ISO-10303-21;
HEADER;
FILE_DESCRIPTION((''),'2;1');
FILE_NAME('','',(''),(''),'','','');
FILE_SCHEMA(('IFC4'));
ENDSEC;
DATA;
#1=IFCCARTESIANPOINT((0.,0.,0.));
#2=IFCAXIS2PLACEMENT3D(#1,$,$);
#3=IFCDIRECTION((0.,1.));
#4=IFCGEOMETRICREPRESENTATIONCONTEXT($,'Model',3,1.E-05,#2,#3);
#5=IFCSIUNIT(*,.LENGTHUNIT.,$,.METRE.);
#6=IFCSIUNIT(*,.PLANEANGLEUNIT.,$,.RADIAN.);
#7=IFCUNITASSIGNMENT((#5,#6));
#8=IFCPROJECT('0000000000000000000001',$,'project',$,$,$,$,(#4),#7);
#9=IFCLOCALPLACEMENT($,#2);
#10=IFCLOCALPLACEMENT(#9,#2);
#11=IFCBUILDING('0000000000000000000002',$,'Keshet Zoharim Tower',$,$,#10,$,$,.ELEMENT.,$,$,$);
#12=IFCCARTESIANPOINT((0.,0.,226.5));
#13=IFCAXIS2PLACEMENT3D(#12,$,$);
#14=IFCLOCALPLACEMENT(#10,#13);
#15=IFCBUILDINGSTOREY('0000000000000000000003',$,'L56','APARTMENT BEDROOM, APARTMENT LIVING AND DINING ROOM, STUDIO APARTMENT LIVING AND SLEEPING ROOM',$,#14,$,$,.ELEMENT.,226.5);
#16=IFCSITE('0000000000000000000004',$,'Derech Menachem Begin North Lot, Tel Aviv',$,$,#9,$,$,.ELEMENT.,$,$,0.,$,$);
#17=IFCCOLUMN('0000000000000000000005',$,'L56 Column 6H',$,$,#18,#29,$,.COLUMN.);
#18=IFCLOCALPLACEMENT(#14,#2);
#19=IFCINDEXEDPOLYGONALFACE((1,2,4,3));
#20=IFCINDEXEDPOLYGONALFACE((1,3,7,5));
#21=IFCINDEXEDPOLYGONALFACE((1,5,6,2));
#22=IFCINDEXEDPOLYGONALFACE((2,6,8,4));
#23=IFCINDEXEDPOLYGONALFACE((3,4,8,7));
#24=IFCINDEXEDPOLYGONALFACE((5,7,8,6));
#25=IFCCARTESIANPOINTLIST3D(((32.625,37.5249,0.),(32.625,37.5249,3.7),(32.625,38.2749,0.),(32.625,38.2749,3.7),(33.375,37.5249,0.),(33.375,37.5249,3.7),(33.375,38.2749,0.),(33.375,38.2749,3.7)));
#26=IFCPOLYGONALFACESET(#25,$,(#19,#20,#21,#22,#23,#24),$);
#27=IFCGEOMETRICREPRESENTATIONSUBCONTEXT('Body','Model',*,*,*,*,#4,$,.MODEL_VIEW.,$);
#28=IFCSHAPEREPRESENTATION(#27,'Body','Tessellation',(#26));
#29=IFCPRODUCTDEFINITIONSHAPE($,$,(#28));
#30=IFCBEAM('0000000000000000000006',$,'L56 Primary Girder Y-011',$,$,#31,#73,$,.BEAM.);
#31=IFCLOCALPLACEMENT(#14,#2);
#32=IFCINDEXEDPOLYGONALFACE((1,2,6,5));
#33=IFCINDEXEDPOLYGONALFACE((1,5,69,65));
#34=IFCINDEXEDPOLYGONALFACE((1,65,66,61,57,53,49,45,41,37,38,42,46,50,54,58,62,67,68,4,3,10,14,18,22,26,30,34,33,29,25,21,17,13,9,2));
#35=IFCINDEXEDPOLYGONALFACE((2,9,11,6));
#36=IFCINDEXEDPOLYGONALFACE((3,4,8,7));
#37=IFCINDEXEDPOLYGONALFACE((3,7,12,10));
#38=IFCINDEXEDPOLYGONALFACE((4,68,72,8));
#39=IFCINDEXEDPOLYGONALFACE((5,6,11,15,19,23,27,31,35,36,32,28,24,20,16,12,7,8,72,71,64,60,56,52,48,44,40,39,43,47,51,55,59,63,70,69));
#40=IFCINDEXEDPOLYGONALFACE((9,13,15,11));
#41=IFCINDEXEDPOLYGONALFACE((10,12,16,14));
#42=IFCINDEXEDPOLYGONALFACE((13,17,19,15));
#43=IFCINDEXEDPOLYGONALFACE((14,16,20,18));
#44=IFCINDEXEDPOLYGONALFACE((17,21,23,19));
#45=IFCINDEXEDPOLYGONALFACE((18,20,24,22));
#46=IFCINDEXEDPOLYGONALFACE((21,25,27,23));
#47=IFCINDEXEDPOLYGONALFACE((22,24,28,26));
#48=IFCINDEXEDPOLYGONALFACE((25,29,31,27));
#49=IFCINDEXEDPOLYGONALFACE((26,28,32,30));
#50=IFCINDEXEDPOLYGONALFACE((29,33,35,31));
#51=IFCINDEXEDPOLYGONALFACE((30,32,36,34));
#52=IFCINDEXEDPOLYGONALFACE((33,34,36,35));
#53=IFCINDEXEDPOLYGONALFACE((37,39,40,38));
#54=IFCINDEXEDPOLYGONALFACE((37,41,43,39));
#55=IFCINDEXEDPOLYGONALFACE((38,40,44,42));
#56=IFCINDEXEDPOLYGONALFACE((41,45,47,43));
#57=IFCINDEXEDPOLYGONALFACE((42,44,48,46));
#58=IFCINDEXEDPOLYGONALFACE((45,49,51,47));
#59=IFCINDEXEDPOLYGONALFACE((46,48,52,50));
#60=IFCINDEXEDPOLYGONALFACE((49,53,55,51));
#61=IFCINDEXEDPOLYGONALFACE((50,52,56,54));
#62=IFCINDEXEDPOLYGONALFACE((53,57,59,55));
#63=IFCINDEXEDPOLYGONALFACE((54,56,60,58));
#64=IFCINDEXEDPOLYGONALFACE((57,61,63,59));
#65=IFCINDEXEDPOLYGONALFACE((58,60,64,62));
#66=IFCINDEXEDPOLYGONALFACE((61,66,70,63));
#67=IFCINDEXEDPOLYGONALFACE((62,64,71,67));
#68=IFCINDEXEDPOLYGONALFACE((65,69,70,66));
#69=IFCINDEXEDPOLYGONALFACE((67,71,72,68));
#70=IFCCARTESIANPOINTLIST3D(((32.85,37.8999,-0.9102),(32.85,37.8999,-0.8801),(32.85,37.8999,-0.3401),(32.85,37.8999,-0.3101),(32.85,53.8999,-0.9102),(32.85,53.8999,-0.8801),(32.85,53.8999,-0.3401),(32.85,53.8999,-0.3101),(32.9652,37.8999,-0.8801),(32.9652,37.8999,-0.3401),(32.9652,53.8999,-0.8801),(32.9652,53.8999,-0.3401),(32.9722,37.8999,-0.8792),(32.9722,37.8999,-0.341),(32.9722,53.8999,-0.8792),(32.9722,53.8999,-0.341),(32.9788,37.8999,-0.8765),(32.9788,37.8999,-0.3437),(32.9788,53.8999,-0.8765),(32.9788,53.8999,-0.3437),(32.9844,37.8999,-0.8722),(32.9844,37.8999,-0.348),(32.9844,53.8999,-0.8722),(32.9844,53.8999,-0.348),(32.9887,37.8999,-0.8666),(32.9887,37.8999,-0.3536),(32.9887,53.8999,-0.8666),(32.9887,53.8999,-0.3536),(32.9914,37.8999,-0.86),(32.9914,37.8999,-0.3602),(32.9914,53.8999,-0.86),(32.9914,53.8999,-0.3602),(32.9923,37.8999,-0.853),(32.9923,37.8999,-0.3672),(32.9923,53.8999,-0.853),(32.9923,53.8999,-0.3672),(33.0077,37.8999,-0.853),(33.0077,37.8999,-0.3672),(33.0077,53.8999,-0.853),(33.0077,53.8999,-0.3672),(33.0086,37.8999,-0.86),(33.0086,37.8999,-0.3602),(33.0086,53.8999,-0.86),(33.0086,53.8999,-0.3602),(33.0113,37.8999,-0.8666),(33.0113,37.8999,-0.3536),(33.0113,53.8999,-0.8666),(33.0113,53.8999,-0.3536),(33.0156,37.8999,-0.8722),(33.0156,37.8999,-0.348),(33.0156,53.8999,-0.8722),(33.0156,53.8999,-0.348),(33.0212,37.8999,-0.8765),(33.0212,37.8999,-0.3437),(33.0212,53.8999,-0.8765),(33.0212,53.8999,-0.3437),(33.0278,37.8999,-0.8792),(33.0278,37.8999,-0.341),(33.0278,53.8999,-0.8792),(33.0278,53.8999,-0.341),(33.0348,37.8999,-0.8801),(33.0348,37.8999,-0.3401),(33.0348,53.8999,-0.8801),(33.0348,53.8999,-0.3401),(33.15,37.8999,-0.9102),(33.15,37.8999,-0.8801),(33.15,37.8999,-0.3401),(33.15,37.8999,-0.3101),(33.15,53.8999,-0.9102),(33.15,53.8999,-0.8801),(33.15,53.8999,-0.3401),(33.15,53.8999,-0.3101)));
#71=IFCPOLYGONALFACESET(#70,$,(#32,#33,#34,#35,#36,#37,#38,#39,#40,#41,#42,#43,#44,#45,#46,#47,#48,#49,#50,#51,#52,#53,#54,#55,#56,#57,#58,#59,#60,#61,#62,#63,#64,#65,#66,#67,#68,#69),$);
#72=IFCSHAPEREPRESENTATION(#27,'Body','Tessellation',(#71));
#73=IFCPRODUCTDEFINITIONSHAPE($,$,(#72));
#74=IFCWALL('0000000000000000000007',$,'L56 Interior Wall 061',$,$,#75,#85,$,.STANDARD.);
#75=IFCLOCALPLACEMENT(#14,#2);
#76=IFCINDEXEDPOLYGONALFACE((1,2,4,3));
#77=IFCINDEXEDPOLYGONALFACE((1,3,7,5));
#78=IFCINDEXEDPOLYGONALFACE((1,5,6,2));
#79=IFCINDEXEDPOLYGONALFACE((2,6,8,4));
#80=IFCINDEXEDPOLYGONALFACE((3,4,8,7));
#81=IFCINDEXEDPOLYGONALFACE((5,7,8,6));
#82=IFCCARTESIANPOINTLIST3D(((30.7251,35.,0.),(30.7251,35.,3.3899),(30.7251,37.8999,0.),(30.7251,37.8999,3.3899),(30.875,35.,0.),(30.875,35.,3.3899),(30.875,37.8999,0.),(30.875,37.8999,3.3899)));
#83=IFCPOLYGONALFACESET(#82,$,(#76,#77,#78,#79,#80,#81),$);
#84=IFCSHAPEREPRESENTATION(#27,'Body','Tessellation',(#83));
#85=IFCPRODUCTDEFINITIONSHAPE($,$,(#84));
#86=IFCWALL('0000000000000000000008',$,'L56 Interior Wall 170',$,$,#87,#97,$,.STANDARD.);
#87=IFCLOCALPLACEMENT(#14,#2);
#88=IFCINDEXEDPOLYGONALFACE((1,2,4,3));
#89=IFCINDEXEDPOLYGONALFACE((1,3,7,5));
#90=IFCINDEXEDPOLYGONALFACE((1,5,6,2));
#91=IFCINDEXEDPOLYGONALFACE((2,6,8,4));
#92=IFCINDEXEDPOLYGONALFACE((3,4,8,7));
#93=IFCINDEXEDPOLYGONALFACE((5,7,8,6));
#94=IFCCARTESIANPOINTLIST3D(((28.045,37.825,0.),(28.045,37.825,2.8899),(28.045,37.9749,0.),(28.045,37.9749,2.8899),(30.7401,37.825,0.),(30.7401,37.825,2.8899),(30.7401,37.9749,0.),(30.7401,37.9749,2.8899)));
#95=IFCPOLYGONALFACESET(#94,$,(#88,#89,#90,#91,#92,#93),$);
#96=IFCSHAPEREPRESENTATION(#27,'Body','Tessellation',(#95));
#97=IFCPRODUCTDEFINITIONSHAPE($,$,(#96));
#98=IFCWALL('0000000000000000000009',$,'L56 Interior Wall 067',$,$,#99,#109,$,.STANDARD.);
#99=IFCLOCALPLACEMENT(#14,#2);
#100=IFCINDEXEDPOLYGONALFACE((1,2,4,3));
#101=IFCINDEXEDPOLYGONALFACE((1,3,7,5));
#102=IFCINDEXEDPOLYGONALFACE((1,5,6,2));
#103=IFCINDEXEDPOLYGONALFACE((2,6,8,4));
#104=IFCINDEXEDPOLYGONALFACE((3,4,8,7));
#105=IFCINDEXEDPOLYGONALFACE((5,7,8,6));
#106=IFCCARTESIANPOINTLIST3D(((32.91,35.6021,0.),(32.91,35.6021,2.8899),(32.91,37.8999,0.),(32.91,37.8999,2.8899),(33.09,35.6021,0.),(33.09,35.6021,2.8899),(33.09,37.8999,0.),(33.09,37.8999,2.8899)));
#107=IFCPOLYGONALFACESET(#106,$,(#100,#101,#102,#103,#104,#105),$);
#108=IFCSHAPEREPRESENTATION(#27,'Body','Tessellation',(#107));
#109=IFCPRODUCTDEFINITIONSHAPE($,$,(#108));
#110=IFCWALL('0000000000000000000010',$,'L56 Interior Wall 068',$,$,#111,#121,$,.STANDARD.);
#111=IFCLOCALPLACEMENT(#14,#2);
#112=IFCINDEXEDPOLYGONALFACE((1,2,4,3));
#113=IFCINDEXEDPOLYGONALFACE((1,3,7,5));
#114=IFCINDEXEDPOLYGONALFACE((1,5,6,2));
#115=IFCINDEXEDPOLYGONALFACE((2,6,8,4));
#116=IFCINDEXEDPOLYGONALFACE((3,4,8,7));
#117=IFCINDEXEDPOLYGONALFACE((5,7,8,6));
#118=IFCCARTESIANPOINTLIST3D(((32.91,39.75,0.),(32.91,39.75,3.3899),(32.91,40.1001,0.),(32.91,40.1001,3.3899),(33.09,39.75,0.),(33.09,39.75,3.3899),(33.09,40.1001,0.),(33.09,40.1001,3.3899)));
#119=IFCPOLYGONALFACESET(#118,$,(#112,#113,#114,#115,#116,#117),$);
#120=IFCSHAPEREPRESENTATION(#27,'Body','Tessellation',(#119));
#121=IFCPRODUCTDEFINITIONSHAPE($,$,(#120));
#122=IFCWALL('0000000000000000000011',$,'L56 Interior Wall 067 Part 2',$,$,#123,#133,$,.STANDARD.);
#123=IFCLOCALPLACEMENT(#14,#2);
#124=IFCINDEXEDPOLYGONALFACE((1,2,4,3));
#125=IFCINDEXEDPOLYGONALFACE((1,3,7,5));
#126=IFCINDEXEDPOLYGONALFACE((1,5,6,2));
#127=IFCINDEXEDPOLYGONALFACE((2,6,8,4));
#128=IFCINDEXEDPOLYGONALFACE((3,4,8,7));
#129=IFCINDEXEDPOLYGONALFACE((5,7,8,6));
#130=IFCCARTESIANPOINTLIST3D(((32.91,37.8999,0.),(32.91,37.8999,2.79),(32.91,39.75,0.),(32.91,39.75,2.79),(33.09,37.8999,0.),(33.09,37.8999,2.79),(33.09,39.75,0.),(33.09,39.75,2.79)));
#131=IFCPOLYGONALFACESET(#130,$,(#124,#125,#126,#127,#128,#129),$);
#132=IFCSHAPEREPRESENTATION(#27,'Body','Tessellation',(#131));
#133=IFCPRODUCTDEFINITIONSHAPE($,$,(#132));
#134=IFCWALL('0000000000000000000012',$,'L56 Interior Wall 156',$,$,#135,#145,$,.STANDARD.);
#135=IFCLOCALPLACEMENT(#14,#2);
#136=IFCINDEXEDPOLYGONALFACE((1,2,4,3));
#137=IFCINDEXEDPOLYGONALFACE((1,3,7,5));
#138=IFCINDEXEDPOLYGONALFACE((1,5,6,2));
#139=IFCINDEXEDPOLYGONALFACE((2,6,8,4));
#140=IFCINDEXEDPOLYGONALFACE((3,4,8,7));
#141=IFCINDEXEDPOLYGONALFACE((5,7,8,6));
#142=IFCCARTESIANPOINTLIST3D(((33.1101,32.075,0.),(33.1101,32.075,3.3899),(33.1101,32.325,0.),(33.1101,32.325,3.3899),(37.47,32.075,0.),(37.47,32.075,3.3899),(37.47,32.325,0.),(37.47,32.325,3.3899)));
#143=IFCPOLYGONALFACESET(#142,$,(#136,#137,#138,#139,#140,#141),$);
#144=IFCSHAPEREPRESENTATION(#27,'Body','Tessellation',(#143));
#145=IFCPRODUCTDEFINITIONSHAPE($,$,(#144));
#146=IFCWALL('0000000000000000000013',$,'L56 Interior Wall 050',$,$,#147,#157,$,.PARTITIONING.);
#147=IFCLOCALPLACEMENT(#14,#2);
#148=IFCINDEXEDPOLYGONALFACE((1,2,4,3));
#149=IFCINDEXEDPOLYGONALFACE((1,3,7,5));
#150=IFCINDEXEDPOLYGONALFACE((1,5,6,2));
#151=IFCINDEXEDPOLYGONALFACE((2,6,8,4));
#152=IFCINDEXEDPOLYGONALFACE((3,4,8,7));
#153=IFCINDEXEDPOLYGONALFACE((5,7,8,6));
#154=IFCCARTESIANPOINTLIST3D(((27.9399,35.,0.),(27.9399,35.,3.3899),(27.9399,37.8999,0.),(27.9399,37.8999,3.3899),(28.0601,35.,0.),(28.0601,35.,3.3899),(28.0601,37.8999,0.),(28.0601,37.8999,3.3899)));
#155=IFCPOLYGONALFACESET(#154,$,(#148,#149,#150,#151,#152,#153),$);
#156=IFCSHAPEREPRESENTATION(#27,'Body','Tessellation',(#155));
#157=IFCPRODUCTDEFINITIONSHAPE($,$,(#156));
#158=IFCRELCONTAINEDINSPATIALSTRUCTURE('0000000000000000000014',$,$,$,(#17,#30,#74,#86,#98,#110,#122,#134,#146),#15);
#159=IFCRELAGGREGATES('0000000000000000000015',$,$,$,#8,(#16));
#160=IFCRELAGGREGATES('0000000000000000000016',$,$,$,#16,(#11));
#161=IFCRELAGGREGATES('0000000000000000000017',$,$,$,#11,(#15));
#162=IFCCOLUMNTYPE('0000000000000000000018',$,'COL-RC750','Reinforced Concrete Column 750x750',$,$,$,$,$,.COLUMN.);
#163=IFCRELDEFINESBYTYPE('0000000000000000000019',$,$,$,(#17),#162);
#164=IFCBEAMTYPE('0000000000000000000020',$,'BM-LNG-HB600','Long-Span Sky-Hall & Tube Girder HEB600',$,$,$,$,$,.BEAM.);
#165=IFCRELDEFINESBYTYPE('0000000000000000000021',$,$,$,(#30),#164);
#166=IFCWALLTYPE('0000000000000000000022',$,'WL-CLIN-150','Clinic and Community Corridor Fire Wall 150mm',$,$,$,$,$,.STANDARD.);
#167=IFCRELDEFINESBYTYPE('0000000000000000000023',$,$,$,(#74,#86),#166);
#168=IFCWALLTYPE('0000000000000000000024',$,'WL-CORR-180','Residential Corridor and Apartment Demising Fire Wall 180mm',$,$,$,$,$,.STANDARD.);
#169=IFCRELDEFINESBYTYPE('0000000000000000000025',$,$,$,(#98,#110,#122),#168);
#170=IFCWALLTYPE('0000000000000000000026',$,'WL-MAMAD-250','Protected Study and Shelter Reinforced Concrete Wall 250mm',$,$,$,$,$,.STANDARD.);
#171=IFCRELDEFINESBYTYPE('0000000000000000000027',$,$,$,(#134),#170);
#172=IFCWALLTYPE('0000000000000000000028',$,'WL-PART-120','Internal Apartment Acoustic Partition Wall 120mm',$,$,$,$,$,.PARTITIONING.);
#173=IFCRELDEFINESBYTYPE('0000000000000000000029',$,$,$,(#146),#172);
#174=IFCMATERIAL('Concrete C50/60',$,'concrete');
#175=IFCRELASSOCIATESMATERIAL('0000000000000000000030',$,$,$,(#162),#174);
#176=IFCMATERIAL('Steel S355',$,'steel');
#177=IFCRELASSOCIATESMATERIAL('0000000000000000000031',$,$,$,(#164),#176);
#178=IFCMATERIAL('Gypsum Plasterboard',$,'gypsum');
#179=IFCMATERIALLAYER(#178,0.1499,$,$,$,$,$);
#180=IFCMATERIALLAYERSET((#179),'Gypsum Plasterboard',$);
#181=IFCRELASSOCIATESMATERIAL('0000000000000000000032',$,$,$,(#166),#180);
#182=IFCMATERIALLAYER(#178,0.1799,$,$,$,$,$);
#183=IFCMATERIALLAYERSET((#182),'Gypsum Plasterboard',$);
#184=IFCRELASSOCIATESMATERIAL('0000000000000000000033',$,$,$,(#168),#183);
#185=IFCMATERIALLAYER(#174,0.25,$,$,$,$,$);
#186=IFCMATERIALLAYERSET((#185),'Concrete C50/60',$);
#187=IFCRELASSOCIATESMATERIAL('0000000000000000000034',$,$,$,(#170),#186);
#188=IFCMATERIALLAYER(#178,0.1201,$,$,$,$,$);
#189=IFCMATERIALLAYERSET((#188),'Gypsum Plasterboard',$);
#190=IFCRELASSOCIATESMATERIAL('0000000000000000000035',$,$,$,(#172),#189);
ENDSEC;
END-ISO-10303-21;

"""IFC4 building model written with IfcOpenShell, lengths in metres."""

from ifc_helpers import new_model, si_unit, direction, frame, frame_2d, origin, origin_2d, place, context, subcontext, project, spatial, rectangle, i_section, extrude, material, layer, layer_set, material_profile, profile_set, type_object, element, save


model = new_model("IFC4")

# Units and contexts
model_context = context("Model", 3, precision=1e-05, world=origin(), true_north=direction((0.0, 1.0)))
body_context = subcontext(model_context, "Body", "Model", "MODEL_VIEW")
ifc_project = project(units=[si_unit("LENGTHUNIT", "METRE"), si_unit("PLANEANGLEUNIT", "RADIAN")], contexts=[model_context])

# Site, building, storey
site_placement = place(None, origin())
site = spatial("IfcSite", under=ifc_project, at=site_placement, Name="Derech Menachem Begin North Lot, Tel Aviv", CompositionType="ELEMENT", RefElevation=0.0)
building_placement = place(site_placement, origin())
building = spatial("IfcBuilding", under=site, at=building_placement, Name="Keshet Zoharim Tower", CompositionType="ELEMENT")
storey_placement = place(building_placement, frame((0.0, 0.0, 226.5)))
storey = spatial("IfcBuildingStorey", under=building, at=storey_placement, Name="L56", Description="APARTMENT BEDROOM, APARTMENT LIVING AND DINING ROOM, STUDIO APARTMENT LIVING AND SLEEPING ROOM", CompositionType="ELEMENT", Elevation=226.5)

# Column
ifc_material_1 = material(Name="Concrete C50/60", Category="concrete")
ifc_material_profile_1 = material_profile(ifc_material_1, rectangle(XDim=0.75, YDim=0.75, at=origin_2d()), Name="RC750x750")
ifc_profile_set_1 = profile_set([ifc_material_profile_1], Name="Concrete C50/60")
column_type = type_object("IfcColumnType", Name="COL-RC750", Description="Reinforced Concrete Column 750x750", PredefinedType="COLUMN", material=ifc_profile_set_1)
column_placement = place(storey_placement, frame((33.0, 37.8999, 0.0), z_axis=(0.0, 0.0, 1.0), x_axis=(1.0, 0.0, 0.0)))
element("IfcColumn", 1, at=column_placement, inside=storey, type_object=column_type, Name="L56 Column 6H", PredefinedType="COLUMN", context=body_context, shape_type="SweptSolid", body=[
    extrude(rectangle(XDim=0.75, YDim=0.75, at=origin_2d()), origin(), (0.0, 0.0, 1.0), 3.7),
])

# Beam
ifc_material_2 = material(Name="Steel S355", Category="steel")
ifc_material_profile_2 = material_profile(ifc_material_2, i_section(OverallWidth=0.3, OverallDepth=0.6001, WebThickness=0.0154, FlangeThickness=0.03, FilletRadius=0.0271, at=origin_2d()), Name="HEB600")
ifc_profile_set_2 = profile_set([ifc_material_profile_2], Name="Steel S355")
beam_type = type_object("IfcBeamType", Name="BM-LNG-HB600", Description="Long-Span Sky-Hall & Tube Girder HEB600", PredefinedType="BEAM", material=ifc_profile_set_2)
beam_placement = place(storey_placement, frame((33.0, 37.8999, -0.6101), z_axis=(0.0, 1.0, 0.0), x_axis=(-1.0, 0.0, 0.0)))
element("IfcBeam", 2, at=beam_placement, inside=storey, type_object=beam_type, Name="L56 Primary Girder Y-011", PredefinedType="BEAM", context=body_context, shape_type="SweptSolid", body=[
    extrude(i_section(OverallWidth=0.3, OverallDepth=0.6001, WebThickness=0.0154, FlangeThickness=0.03, FilletRadius=0.0271, at=origin_2d()), origin(), (0.0, 0.0, 1.0), 16.0),
])

# Walls
ifc_material_3 = material(Name="Gypsum Plasterboard", Category="gypsum")
ifc_layer_1 = layer(ifc_material_3, 0.1499)
ifc_layer_set_1 = layer_set([ifc_layer_1], Name="Gypsum Plasterboard")
wall_type_1 = type_object("IfcWallType", Name="WL-CLIN-150", Description="Clinic and Community Corridor Fire Wall 150mm", PredefinedType="STANDARD", material=ifc_layer_set_1)
wall_1_placement = place(storey_placement, frame((30.8, 35.0, 0.0), z_axis=(0.0, 0.0, 1.0), x_axis=(0.0, 1.0, 0.0)))
element("IfcWall", 3, at=wall_1_placement, inside=storey, type_object=wall_type_1, Name="L56 Interior Wall 061", PredefinedType="STANDARD", context=body_context, shape_type="SweptSolid", body=[
    extrude(rectangle(XDim=2.8999, YDim=0.1499, at=frame_2d((1.45, 0.0))), origin(), (0.0, 0.0, 1.0), 3.3899),
])
wall_2_placement = place(storey_placement, frame((28.0449, 37.8999, 0.0), z_axis=(0.0, 0.0, 1.0), x_axis=(1.0, 0.0, 0.0)))
element("IfcWall", 4, at=wall_2_placement, inside=storey, type_object=wall_type_1, Name="L56 Interior Wall 170", PredefinedType="STANDARD", context=body_context, shape_type="SweptSolid", body=[
    extrude(rectangle(XDim=2.6951, YDim=0.1499, at=frame_2d((1.3477, 0.0))), origin(), (0.0, 0.0, 1.0), 2.8899),
])

# Walls
ifc_layer_2 = layer(ifc_material_3, 0.1799)
ifc_layer_set_2 = layer_set([ifc_layer_2], Name="Gypsum Plasterboard")
wall_type_2 = type_object("IfcWallType", Name="WL-CORR-180", Description="Residential Corridor and Apartment Demising Fire Wall 180mm", PredefinedType="STANDARD", material=ifc_layer_set_2)
wall_3_placement = place(storey_placement, frame((33.0, 35.6021, 0.0), z_axis=(0.0, 0.0, 1.0), x_axis=(0.0, 1.0, 0.0)))
element("IfcWall", 5, at=wall_3_placement, inside=storey, type_object=wall_type_2, Name="L56 Interior Wall 067", PredefinedType="STANDARD", context=body_context, shape_type="SweptSolid", body=[
    extrude(rectangle(XDim=2.2979, YDim=0.1799, at=frame_2d((1.1489, 0.0))), origin(), (0.0, 0.0, 1.0), 2.8899),
])
wall_4_placement = place(storey_placement, frame((33.0, 39.75, 0.0), z_axis=(0.0, 0.0, 1.0), x_axis=(0.0, 1.0, 0.0)))
element("IfcWall", 6, at=wall_4_placement, inside=storey, type_object=wall_type_2, Name="L56 Interior Wall 068", PredefinedType="STANDARD", context=body_context, shape_type="SweptSolid", body=[
    extrude(rectangle(XDim=0.3501, YDim=0.1799, at=frame_2d((0.175, 0.0))), origin(), (0.0, 0.0, 1.0), 3.3899),
])
wall_5_placement = place(storey_placement, frame((33.0, 37.8999, 0.0), z_axis=(0.0, 0.0, 1.0), x_axis=(0.0, 1.0, 0.0)))
element("IfcWall", 7, at=wall_5_placement, inside=storey, type_object=wall_type_2, Name="L56 Interior Wall 067 Part 2", PredefinedType="STANDARD", context=body_context, shape_type="SweptSolid", body=[
    extrude(rectangle(XDim=1.8501, YDim=0.1799, at=frame_2d((0.925, 0.0))), origin(), (0.0, 0.0, 1.0), 2.79),
])
ifc_layer_3 = layer(ifc_material_1, 0.25)
ifc_layer_set_3 = layer_set([ifc_layer_3], Name="Concrete C50/60")
wall_type_3 = type_object("IfcWallType", Name="WL-MAMAD-250", Description="Protected Study and Shelter Reinforced Concrete Wall 250mm", PredefinedType="STANDARD", material=ifc_layer_set_3)
wall_6_placement = place(storey_placement, frame((33.1101, 32.2, 0.0), z_axis=(0.0, 0.0, 1.0), x_axis=(1.0, 0.0, 0.0)))
element("IfcWall", 8, at=wall_6_placement, inside=storey, type_object=wall_type_3, Name="L56 Interior Wall 156", PredefinedType="STANDARD", context=body_context, shape_type="SweptSolid", body=[
    extrude(rectangle(XDim=4.3599, YDim=0.25, at=frame_2d((2.1799, 0.0))), origin(), (0.0, 0.0, 1.0), 3.3899),
])
ifc_layer_4 = layer(ifc_material_3, 0.1201)
ifc_layer_set_4 = layer_set([ifc_layer_4], Name="Gypsum Plasterboard")
wall_type_4 = type_object("IfcWallType", Name="WL-PART-120", Description="Internal Apartment Acoustic Partition Wall 120mm", PredefinedType="PARTITIONING", material=ifc_layer_set_4)
wall_7_placement = place(storey_placement, frame((28.0, 35.0, 0.0), z_axis=(0.0, 0.0, 1.0), x_axis=(0.0, 1.0, 0.0)))
element("IfcWall", 9, at=wall_7_placement, inside=storey, type_object=wall_type_4, Name="L56 Interior Wall 050", PredefinedType="PARTITIONING", context=body_context, shape_type="SweptSolid", body=[
    extrude(rectangle(XDim=2.8999, YDim=0.1201, at=frame_2d((1.45, 0.0))), origin(), (0.0, 0.0, 1.0), 3.3899),
])

save(model, "model.ifc")
